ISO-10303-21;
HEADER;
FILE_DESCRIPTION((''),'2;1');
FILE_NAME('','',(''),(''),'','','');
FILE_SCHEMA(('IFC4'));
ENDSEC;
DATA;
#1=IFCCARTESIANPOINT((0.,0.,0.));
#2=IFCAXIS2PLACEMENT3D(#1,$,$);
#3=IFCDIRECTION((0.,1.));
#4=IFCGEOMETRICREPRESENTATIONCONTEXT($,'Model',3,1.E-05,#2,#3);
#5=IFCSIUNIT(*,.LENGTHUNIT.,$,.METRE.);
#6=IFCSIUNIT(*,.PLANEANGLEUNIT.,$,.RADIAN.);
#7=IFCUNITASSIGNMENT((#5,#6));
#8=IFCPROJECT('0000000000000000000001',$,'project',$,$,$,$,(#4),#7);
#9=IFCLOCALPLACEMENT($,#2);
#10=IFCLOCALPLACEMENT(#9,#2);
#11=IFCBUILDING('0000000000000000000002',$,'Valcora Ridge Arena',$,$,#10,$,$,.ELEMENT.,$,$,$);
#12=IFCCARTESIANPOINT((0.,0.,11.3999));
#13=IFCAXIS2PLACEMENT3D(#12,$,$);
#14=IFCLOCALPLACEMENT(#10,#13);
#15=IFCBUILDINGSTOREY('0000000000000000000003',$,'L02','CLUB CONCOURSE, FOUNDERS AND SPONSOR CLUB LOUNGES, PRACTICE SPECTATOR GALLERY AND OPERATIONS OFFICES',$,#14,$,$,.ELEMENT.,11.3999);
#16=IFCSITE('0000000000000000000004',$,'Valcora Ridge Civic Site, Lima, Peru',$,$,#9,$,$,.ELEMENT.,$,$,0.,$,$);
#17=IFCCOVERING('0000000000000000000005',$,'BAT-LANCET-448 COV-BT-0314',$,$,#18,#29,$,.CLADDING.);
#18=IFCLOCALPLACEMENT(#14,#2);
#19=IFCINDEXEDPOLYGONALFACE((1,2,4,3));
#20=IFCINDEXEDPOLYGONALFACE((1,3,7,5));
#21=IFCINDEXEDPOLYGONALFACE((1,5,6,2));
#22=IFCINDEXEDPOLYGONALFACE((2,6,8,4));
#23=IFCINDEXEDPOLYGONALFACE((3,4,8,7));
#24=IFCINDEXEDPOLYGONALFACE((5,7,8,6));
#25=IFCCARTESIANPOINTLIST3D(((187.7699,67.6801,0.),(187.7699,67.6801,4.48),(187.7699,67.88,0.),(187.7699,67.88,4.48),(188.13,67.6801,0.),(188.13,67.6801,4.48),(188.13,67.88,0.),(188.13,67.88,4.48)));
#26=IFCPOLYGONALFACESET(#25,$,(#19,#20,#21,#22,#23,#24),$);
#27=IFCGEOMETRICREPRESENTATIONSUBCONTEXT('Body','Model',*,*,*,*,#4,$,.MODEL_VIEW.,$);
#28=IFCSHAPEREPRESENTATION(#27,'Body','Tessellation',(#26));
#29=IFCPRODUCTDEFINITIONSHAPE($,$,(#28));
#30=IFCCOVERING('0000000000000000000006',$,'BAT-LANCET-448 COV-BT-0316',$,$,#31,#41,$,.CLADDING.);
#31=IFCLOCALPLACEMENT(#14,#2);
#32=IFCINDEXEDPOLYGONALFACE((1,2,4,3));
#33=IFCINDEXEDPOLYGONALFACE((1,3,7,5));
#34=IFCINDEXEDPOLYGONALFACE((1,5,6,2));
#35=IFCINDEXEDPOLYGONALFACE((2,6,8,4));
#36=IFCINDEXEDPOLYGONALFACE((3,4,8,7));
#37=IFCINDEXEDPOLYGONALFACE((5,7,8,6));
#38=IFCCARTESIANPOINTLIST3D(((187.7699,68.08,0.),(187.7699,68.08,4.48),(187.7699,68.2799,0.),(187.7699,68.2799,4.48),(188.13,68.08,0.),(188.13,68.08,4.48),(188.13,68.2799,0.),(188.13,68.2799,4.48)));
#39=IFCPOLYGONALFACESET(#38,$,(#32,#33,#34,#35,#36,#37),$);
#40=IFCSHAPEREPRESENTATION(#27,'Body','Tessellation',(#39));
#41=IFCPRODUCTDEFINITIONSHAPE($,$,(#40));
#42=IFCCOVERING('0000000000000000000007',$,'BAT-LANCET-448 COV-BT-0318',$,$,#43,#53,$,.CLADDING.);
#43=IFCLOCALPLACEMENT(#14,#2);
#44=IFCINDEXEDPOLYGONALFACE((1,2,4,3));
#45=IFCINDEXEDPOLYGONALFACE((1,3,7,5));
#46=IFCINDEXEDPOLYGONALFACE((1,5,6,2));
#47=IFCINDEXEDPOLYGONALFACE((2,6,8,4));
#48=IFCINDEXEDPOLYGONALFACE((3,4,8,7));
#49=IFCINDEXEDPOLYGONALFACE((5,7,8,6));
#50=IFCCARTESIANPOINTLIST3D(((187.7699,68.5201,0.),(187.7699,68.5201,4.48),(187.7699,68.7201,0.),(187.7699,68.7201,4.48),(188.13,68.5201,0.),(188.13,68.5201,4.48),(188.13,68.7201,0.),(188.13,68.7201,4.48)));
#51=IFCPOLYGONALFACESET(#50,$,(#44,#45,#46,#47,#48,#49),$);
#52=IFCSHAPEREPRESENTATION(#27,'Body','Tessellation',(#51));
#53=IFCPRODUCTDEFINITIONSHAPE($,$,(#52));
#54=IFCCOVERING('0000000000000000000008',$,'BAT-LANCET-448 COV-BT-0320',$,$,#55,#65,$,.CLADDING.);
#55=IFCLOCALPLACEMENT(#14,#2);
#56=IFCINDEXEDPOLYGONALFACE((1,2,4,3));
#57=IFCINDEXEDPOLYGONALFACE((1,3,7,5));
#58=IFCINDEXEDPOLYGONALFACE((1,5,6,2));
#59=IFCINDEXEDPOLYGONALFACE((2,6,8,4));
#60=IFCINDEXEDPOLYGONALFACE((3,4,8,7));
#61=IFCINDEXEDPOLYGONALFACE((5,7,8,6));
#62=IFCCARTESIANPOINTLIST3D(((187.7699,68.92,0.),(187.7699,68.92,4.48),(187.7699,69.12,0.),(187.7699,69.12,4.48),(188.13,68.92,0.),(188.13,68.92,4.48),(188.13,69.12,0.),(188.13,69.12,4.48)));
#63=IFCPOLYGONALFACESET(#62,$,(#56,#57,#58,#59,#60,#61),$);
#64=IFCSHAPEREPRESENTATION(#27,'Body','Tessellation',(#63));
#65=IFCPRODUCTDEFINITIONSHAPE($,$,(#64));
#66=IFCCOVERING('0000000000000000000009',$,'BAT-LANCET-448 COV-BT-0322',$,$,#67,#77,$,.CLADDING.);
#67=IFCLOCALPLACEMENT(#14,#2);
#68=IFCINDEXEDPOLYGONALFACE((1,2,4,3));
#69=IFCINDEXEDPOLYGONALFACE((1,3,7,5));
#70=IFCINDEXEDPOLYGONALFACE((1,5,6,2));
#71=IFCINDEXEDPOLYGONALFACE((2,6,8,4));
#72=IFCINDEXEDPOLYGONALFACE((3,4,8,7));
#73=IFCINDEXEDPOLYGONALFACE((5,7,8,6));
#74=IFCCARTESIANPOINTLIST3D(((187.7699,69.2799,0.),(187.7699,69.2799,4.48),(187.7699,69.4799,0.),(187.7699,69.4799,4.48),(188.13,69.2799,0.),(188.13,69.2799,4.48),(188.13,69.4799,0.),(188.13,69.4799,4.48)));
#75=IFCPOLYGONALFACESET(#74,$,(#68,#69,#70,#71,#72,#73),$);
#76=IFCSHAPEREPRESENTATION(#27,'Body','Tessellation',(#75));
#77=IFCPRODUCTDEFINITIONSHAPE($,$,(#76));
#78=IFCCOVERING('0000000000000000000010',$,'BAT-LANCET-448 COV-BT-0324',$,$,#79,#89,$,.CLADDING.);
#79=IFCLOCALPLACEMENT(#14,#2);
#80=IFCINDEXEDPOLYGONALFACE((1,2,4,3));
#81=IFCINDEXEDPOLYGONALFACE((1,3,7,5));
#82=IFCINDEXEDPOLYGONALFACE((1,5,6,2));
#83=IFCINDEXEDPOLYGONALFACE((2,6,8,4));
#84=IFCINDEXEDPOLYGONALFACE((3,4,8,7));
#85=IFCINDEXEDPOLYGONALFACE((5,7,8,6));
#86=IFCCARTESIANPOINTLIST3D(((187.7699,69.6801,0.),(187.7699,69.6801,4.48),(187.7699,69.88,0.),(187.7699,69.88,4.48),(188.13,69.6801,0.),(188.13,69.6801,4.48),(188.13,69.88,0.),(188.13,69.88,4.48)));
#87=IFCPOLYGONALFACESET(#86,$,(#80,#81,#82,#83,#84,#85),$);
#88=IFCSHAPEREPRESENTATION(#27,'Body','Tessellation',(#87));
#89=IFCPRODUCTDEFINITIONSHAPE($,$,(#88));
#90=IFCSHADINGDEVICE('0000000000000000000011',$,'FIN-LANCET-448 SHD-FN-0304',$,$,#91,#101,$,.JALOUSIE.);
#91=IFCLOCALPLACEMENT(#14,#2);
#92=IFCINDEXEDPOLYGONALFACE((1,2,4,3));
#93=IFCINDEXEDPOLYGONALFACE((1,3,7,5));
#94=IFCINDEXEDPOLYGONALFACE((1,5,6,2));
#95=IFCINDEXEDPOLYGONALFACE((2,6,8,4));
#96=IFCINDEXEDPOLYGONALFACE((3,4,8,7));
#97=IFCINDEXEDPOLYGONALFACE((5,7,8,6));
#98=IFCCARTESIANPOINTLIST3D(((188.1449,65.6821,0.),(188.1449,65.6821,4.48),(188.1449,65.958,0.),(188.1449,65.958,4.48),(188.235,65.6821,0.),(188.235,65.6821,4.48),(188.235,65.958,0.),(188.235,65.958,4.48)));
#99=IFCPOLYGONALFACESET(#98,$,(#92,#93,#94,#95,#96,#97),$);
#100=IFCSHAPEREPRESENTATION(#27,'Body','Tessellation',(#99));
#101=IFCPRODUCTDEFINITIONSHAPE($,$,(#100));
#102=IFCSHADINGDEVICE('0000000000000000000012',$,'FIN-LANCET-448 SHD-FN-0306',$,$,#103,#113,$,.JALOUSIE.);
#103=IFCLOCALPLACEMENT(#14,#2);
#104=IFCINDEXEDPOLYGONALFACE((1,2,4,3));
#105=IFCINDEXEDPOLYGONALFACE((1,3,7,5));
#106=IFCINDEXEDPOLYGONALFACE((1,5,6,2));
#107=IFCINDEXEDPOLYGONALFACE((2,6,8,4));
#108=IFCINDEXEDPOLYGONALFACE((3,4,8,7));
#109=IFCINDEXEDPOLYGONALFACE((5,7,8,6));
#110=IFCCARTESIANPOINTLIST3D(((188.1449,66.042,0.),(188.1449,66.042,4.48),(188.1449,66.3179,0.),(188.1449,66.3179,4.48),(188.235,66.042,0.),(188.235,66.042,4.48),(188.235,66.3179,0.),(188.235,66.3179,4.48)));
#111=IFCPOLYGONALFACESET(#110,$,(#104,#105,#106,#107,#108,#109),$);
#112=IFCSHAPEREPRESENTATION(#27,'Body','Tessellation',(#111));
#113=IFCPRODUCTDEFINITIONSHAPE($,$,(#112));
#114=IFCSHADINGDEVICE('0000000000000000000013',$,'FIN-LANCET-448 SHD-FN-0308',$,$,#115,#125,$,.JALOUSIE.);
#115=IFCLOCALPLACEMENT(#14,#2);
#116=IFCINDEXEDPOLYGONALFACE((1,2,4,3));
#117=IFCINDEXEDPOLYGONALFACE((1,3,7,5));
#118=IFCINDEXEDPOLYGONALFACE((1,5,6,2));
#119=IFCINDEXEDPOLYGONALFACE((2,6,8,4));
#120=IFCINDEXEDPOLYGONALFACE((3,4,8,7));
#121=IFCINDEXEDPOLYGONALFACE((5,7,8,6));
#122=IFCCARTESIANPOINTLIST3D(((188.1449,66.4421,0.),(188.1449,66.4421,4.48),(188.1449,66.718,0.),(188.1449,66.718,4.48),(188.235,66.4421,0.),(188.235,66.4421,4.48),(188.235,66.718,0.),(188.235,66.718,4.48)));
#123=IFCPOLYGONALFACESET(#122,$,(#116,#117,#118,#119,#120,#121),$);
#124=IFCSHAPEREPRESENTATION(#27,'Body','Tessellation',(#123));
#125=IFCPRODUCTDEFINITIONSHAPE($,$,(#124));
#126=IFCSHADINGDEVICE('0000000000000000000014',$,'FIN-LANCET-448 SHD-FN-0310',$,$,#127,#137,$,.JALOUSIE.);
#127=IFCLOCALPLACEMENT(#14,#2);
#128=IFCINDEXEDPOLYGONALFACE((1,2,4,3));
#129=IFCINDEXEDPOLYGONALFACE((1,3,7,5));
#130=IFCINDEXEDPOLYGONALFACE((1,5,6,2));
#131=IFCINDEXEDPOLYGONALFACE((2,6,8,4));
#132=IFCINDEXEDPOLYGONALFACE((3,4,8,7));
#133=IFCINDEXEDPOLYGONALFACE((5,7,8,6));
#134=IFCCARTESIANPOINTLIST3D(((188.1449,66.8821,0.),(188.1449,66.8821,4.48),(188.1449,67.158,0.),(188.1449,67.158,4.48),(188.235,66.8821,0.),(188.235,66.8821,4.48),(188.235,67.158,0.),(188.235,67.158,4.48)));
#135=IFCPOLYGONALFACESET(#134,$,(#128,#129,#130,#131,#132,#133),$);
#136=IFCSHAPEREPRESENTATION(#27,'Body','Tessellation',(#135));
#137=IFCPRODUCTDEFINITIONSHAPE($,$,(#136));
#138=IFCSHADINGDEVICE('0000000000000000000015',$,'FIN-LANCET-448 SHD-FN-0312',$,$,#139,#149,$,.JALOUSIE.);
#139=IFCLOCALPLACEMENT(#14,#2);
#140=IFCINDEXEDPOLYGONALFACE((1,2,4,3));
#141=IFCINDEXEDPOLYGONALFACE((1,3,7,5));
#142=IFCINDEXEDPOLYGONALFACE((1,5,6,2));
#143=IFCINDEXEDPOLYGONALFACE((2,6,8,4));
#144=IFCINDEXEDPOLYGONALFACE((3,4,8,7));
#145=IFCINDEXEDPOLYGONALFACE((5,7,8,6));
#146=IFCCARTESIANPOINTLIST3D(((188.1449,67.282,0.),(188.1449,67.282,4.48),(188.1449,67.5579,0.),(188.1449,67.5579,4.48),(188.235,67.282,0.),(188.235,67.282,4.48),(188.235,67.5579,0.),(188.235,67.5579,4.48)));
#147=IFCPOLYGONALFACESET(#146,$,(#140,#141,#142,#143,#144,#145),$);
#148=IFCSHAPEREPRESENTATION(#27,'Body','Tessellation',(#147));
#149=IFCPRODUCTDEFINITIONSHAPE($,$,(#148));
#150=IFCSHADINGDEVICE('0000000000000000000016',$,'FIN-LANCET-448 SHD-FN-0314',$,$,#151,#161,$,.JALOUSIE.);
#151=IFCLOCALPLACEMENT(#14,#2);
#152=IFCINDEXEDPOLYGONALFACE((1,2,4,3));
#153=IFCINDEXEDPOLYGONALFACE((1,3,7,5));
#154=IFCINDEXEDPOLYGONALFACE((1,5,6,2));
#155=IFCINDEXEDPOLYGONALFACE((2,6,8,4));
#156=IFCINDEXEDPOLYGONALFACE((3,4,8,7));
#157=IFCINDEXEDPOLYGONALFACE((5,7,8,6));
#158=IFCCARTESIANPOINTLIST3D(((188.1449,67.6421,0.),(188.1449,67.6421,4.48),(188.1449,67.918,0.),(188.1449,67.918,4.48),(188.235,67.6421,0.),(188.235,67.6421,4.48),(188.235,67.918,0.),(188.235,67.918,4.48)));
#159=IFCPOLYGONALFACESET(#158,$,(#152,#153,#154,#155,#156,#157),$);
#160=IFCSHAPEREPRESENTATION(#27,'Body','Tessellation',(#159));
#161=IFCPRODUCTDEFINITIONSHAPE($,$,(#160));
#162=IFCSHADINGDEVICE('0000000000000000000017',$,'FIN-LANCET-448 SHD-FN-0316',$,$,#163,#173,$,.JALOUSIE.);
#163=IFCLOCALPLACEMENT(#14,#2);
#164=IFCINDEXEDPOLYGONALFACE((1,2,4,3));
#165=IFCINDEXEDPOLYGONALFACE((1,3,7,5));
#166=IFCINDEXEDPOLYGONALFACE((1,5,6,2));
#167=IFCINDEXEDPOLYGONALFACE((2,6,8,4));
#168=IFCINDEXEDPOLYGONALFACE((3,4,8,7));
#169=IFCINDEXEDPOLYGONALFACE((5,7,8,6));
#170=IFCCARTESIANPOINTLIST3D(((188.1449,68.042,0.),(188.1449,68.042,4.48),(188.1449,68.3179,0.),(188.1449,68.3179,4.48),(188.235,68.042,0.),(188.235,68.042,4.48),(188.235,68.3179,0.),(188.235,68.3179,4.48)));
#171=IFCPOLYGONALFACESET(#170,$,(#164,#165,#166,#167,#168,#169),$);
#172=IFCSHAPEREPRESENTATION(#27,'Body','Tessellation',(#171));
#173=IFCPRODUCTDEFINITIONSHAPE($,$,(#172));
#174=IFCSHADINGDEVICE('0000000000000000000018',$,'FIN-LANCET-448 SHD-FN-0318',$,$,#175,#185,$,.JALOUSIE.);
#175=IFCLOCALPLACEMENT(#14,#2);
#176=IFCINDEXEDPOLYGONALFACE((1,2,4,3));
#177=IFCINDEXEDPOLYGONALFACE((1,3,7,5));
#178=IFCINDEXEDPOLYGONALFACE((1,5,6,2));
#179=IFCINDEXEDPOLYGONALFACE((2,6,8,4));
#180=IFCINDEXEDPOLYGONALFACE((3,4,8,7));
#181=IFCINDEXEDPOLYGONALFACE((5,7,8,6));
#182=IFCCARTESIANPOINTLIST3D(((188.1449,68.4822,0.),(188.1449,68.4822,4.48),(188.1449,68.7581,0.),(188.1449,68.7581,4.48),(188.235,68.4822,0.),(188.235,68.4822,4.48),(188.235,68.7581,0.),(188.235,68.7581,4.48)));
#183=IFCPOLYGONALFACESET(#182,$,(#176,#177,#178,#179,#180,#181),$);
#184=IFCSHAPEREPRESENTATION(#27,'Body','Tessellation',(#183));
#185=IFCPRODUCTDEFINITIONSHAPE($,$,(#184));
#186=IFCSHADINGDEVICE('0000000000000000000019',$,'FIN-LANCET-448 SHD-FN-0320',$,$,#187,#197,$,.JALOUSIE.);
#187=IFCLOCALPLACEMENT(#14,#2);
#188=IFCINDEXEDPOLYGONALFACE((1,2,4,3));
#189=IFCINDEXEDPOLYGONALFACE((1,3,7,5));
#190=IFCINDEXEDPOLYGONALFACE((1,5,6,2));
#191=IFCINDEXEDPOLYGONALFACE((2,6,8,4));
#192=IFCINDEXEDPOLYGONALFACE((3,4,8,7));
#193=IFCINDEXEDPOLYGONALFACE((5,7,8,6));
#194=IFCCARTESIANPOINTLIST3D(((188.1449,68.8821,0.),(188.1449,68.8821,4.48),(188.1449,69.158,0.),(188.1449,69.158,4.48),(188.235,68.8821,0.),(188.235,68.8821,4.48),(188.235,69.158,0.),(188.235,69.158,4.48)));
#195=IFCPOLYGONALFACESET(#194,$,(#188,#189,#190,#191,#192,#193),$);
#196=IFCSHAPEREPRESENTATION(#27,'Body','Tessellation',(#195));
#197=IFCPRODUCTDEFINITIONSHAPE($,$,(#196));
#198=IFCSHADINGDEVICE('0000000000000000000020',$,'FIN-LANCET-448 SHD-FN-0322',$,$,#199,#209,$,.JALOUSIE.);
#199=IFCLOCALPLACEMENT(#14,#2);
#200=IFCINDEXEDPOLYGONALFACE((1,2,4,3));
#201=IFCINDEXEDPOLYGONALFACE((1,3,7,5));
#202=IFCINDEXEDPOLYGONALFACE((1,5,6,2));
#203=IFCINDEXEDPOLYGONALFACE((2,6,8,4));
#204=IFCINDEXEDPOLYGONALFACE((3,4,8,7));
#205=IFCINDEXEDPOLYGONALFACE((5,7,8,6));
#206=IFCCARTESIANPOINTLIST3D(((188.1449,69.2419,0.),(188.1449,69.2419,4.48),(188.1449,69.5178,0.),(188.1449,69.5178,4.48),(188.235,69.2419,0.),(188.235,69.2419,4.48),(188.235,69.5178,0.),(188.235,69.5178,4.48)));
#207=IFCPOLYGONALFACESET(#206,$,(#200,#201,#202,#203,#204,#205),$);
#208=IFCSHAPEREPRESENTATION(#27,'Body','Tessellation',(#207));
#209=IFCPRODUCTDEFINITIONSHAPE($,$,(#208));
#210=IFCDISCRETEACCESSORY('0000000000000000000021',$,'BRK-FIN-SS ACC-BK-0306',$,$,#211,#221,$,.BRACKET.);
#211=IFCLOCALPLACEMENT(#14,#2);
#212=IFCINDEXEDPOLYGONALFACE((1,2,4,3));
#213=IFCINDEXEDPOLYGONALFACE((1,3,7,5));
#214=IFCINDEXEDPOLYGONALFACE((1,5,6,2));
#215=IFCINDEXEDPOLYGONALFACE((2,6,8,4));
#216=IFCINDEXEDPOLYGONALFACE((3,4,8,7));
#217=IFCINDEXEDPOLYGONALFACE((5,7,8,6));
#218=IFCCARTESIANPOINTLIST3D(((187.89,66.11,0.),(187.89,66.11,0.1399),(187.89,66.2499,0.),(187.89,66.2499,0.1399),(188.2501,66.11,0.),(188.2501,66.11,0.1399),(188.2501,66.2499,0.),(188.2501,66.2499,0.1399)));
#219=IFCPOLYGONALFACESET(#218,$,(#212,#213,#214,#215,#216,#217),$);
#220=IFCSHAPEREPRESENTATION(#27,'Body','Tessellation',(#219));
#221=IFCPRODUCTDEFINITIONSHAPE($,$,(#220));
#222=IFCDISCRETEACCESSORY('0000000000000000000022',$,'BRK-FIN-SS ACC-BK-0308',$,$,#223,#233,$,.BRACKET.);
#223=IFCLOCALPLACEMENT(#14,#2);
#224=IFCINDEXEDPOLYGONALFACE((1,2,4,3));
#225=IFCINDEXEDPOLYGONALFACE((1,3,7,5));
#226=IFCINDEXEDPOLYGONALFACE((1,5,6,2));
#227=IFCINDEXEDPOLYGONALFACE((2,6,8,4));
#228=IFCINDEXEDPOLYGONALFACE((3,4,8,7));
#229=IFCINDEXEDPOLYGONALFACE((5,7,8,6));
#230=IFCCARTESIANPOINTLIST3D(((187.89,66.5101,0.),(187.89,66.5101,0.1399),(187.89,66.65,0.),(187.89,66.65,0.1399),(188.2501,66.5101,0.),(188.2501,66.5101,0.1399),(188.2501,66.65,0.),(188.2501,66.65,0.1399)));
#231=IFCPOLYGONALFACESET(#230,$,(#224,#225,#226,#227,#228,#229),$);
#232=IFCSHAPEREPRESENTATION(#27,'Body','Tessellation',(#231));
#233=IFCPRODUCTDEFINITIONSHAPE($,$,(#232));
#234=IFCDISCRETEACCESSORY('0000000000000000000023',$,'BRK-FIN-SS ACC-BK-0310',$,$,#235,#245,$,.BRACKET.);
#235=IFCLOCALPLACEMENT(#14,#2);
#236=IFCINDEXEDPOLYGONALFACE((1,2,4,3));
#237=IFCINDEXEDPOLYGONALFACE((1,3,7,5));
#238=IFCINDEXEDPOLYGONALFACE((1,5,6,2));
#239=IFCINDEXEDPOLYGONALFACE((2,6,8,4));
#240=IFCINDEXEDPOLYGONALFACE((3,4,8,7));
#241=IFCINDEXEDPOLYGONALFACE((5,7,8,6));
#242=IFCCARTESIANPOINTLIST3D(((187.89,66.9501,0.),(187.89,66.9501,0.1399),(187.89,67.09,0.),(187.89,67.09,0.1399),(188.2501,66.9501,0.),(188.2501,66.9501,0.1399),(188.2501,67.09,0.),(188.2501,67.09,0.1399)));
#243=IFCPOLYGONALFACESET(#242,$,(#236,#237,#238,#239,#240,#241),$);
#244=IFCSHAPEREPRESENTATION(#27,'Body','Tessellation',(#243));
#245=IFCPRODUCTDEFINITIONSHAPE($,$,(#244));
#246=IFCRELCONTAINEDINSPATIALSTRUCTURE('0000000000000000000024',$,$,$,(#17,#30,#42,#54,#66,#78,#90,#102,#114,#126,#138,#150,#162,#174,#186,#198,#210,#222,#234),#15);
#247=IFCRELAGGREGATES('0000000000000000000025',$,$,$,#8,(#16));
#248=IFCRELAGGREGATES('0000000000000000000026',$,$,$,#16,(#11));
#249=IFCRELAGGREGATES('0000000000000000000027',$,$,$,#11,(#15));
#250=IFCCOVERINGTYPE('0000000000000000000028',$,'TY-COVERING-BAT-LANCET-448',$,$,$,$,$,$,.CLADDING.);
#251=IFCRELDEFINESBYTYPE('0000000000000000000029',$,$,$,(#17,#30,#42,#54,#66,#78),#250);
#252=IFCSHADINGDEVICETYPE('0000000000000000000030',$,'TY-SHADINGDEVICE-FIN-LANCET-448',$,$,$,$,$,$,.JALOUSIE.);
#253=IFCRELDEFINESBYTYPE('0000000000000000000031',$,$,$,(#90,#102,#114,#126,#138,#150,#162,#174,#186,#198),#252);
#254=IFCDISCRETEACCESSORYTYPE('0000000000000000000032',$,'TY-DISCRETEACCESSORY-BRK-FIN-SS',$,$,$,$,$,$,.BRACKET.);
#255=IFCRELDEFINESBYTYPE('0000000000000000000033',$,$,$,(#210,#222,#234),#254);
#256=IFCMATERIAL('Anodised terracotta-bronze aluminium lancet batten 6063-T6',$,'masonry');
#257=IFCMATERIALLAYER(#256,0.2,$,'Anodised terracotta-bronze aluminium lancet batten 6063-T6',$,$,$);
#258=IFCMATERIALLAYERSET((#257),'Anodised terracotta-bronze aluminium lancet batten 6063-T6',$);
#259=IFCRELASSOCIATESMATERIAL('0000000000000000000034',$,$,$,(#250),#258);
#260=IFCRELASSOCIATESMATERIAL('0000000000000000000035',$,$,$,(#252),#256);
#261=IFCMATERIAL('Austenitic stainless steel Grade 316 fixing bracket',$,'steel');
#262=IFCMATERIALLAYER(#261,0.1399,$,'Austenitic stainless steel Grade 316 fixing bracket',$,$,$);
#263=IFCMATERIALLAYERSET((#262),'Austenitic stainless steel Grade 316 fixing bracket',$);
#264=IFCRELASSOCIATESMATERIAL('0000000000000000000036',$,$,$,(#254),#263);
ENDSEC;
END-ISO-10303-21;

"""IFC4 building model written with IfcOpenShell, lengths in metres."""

from ifc_helpers import new_model, si_unit, direction, frame, origin, origin_2d, place, context, subcontext, project, spatial, rectangle, extrude, material, layer, layer_set, material_profile, profile_set, type_object, element, save


model = new_model("IFC4")

# Units and contexts
model_context = context("Model", 3, precision=1e-05, world=origin(), true_north=direction((0.0, 1.0)))
body_context = subcontext(model_context, "Body", "Model", "MODEL_VIEW")
ifc_project = project(units=[si_unit("LENGTHUNIT", "METRE"), si_unit("PLANEANGLEUNIT", "RADIAN")], contexts=[model_context])

# Site, building, storey
site_placement = place(None, origin())
site = spatial("IfcSite", under=ifc_project, at=site_placement, Name="Valcora Ridge Civic Site, Lima, Peru", CompositionType="ELEMENT", RefElevation=0.0)
building_placement = place(site_placement, origin())
building = spatial("IfcBuilding", under=site, at=building_placement, Name="Valcora Ridge Arena", CompositionType="ELEMENT")
storey_placement = place(building_placement, frame((0.0, 0.0, 11.3999)))
storey = spatial("IfcBuildingStorey", under=building, at=storey_placement, Name="L02", Description="CLUB CONCOURSE, FOUNDERS AND SPONSOR CLUB LOUNGES, PRACTICE SPECTATOR GALLERY AND OPERATIONS OFFICES", CompositionType="ELEMENT", Elevation=11.3999)

# Coverings
ifc_material_1 = material(Name="Anodised terracotta-bronze aluminium lancet batten 6063-T6", Category="masonry")
ifc_layer_1 = layer(ifc_material_1, 0.2, Name="Anodised terracotta-bronze aluminium lancet batten 6063-T6")
ifc_layer_set_1 = layer_set([ifc_layer_1], Name="Anodised terracotta-bronze aluminium lancet batten 6063-T6")
covering_type = type_object("IfcCoveringType", Name="TY-COVERING-BAT-LANCET-448", PredefinedType="CLADDING", material=ifc_layer_set_1)
for number, where, z_axis, x_axis, name in (
    (1, (187.95, 67.78, 0.0), (0.0, 0.0, 1.0), (1.0, 0.0, 0.0), "BAT-LANCET-448 COV-BT-0314"),
    (2, (187.95, 68.1799, 0.0), (0.0, 0.0, 1.0), (1.0, 0.0, 0.0), "BAT-LANCET-448 COV-BT-0316"),
    (3, (187.95, 68.6201, 0.0), (0.0, 0.0, 1.0), (1.0, 0.0, 0.0), "BAT-LANCET-448 COV-BT-0318"),
    (4, (187.95, 69.02, 0.0), (0.0, 0.0, 1.0), (1.0, 0.0, 0.0), "BAT-LANCET-448 COV-BT-0320"),
    (5, (187.95, 69.3799, 0.0), (0.0, 0.0, 1.0), (1.0, 0.0, 0.0), "BAT-LANCET-448 COV-BT-0322"),
    (6, (187.95, 69.78, 0.0), (0.0, 0.0, 1.0), (1.0, 0.0, 0.0), "BAT-LANCET-448 COV-BT-0324"),
):
    element("IfcCovering", number, at=place(storey_placement, frame(where, z_axis=z_axis, x_axis=x_axis)), inside=storey, type_object=covering_type, Name=name, PredefinedType="CLADDING", context=body_context, shape_type="SweptSolid", body=[
        extrude(rectangle(XDim=0.3601, YDim=0.2, at=origin_2d()), origin(), (0.0, 0.0, 1.0), 4.48),
    ])

# Shading devices
ifc_material_profile_1 = material_profile(ifc_material_1, rectangle(XDim=0.0901, YDim=0.2759, at=origin_2d()), Name="ALU LANCET BATTEN 90x276")
ifc_profile_set_1 = profile_set([ifc_material_profile_1], Name="Anodised terracotta-bronze aluminium lancet batten 6063-T6")
shading_device_type = type_object("IfcShadingDeviceType", Name="TY-SHADINGDEVICE-FIN-LANCET-448", PredefinedType="JALOUSIE", material=ifc_profile_set_1)
for number, where, z_axis, x_axis, name in (
    (7, (188.1899, 65.8201, 0.0), (0.0, 0.0, 1.0), (1.0, 0.0, 0.0), "FIN-LANCET-448 SHD-FN-0304"),
    (8, (188.1899, 66.1799, 0.0), (0.0, 0.0, 1.0), (1.0, 0.0, 0.0), "FIN-LANCET-448 SHD-FN-0306"),
    (9, (188.1899, 66.5801, 0.0), (0.0, 0.0, 1.0), (1.0, 0.0, 0.0), "FIN-LANCET-448 SHD-FN-0308"),
    (10, (188.1899, 67.02, 0.0), (0.0, 0.0, 1.0), (1.0, 0.0, 0.0), "FIN-LANCET-448 SHD-FN-0310"),
    (11, (188.1899, 67.4199, 0.0), (0.0, 0.0, 1.0), (1.0, 0.0, 0.0), "FIN-LANCET-448 SHD-FN-0312"),
    (12, (188.1899, 67.78, 0.0), (0.0, 0.0, 1.0), (1.0, 0.0, 0.0), "FIN-LANCET-448 SHD-FN-0314"),
    (13, (188.1899, 68.1799, 0.0), (0.0, 0.0, 1.0), (1.0, 0.0, 0.0), "FIN-LANCET-448 SHD-FN-0316"),
    (14, (188.1899, 68.6201, 0.0), (0.0, 0.0, 1.0), (1.0, 0.0, 0.0), "FIN-LANCET-448 SHD-FN-0318"),
    (15, (188.1899, 69.02, 0.0), (0.0, 0.0, 1.0), (1.0, 0.0, 0.0), "FIN-LANCET-448 SHD-FN-0320"),
    (16, (188.1899, 69.3799, 0.0), (0.0, 0.0, 1.0), (1.0, 0.0, 0.0), "FIN-LANCET-448 SHD-FN-0322"),
):
    element("IfcShadingDevice", number, at=place(storey_placement, frame(where, z_axis=z_axis, x_axis=x_axis)), inside=storey, type_object=shading_device_type, Name=name, PredefinedType="JALOUSIE", context=body_context, shape_type="SweptSolid", body=[
        extrude(rectangle(XDim=0.0901, YDim=0.2759, at=origin_2d()), origin(), (0.0, 0.0, 1.0), 4.48),
    ])

# Discrete accessories
ifc_material_2 = material(Name="Austenitic stainless steel Grade 316 fixing bracket", Category="steel")
ifc_layer_2 = layer(ifc_material_2, 0.1399, Name="Austenitic stainless steel Grade 316 fixing bracket")
ifc_layer_set_2 = layer_set([ifc_layer_2], Name="Austenitic stainless steel Grade 316 fixing bracket")
discrete_accessory_type = type_object("IfcDiscreteAccessoryType", Name="TY-DISCRETEACCESSORY-BRK-FIN-SS", PredefinedType="BRACKET", material=ifc_layer_set_2)
for number, where, z_axis, x_axis, name in (
    (17, (188.0701, 66.1799, 0.0), (0.0, 0.0, 1.0), (1.0, 0.0, 0.0), "BRK-FIN-SS ACC-BK-0306"),
    (18, (188.0701, 66.5801, 0.0), (0.0, 0.0, 1.0), (1.0, 0.0, 0.0), "BRK-FIN-SS ACC-BK-0308"),
    (19, (188.0701, 67.02, 0.0), (0.0, 0.0, 1.0), (1.0, 0.0, 0.0), "BRK-FIN-SS ACC-BK-0310"),
):
    element("IfcDiscreteAccessory", number, at=place(storey_placement, frame(where, z_axis=z_axis, x_axis=x_axis)), inside=storey, type_object=discrete_accessory_type, Name=name, PredefinedType="BRACKET", context=body_context, shape_type="SweptSolid", body=[
        extrude(rectangle(XDim=0.3601, YDim=0.1399, at=origin_2d()), origin(), (0.0, 0.0, 1.0), 0.1399),
    ])

save(model, "model.ifc")
